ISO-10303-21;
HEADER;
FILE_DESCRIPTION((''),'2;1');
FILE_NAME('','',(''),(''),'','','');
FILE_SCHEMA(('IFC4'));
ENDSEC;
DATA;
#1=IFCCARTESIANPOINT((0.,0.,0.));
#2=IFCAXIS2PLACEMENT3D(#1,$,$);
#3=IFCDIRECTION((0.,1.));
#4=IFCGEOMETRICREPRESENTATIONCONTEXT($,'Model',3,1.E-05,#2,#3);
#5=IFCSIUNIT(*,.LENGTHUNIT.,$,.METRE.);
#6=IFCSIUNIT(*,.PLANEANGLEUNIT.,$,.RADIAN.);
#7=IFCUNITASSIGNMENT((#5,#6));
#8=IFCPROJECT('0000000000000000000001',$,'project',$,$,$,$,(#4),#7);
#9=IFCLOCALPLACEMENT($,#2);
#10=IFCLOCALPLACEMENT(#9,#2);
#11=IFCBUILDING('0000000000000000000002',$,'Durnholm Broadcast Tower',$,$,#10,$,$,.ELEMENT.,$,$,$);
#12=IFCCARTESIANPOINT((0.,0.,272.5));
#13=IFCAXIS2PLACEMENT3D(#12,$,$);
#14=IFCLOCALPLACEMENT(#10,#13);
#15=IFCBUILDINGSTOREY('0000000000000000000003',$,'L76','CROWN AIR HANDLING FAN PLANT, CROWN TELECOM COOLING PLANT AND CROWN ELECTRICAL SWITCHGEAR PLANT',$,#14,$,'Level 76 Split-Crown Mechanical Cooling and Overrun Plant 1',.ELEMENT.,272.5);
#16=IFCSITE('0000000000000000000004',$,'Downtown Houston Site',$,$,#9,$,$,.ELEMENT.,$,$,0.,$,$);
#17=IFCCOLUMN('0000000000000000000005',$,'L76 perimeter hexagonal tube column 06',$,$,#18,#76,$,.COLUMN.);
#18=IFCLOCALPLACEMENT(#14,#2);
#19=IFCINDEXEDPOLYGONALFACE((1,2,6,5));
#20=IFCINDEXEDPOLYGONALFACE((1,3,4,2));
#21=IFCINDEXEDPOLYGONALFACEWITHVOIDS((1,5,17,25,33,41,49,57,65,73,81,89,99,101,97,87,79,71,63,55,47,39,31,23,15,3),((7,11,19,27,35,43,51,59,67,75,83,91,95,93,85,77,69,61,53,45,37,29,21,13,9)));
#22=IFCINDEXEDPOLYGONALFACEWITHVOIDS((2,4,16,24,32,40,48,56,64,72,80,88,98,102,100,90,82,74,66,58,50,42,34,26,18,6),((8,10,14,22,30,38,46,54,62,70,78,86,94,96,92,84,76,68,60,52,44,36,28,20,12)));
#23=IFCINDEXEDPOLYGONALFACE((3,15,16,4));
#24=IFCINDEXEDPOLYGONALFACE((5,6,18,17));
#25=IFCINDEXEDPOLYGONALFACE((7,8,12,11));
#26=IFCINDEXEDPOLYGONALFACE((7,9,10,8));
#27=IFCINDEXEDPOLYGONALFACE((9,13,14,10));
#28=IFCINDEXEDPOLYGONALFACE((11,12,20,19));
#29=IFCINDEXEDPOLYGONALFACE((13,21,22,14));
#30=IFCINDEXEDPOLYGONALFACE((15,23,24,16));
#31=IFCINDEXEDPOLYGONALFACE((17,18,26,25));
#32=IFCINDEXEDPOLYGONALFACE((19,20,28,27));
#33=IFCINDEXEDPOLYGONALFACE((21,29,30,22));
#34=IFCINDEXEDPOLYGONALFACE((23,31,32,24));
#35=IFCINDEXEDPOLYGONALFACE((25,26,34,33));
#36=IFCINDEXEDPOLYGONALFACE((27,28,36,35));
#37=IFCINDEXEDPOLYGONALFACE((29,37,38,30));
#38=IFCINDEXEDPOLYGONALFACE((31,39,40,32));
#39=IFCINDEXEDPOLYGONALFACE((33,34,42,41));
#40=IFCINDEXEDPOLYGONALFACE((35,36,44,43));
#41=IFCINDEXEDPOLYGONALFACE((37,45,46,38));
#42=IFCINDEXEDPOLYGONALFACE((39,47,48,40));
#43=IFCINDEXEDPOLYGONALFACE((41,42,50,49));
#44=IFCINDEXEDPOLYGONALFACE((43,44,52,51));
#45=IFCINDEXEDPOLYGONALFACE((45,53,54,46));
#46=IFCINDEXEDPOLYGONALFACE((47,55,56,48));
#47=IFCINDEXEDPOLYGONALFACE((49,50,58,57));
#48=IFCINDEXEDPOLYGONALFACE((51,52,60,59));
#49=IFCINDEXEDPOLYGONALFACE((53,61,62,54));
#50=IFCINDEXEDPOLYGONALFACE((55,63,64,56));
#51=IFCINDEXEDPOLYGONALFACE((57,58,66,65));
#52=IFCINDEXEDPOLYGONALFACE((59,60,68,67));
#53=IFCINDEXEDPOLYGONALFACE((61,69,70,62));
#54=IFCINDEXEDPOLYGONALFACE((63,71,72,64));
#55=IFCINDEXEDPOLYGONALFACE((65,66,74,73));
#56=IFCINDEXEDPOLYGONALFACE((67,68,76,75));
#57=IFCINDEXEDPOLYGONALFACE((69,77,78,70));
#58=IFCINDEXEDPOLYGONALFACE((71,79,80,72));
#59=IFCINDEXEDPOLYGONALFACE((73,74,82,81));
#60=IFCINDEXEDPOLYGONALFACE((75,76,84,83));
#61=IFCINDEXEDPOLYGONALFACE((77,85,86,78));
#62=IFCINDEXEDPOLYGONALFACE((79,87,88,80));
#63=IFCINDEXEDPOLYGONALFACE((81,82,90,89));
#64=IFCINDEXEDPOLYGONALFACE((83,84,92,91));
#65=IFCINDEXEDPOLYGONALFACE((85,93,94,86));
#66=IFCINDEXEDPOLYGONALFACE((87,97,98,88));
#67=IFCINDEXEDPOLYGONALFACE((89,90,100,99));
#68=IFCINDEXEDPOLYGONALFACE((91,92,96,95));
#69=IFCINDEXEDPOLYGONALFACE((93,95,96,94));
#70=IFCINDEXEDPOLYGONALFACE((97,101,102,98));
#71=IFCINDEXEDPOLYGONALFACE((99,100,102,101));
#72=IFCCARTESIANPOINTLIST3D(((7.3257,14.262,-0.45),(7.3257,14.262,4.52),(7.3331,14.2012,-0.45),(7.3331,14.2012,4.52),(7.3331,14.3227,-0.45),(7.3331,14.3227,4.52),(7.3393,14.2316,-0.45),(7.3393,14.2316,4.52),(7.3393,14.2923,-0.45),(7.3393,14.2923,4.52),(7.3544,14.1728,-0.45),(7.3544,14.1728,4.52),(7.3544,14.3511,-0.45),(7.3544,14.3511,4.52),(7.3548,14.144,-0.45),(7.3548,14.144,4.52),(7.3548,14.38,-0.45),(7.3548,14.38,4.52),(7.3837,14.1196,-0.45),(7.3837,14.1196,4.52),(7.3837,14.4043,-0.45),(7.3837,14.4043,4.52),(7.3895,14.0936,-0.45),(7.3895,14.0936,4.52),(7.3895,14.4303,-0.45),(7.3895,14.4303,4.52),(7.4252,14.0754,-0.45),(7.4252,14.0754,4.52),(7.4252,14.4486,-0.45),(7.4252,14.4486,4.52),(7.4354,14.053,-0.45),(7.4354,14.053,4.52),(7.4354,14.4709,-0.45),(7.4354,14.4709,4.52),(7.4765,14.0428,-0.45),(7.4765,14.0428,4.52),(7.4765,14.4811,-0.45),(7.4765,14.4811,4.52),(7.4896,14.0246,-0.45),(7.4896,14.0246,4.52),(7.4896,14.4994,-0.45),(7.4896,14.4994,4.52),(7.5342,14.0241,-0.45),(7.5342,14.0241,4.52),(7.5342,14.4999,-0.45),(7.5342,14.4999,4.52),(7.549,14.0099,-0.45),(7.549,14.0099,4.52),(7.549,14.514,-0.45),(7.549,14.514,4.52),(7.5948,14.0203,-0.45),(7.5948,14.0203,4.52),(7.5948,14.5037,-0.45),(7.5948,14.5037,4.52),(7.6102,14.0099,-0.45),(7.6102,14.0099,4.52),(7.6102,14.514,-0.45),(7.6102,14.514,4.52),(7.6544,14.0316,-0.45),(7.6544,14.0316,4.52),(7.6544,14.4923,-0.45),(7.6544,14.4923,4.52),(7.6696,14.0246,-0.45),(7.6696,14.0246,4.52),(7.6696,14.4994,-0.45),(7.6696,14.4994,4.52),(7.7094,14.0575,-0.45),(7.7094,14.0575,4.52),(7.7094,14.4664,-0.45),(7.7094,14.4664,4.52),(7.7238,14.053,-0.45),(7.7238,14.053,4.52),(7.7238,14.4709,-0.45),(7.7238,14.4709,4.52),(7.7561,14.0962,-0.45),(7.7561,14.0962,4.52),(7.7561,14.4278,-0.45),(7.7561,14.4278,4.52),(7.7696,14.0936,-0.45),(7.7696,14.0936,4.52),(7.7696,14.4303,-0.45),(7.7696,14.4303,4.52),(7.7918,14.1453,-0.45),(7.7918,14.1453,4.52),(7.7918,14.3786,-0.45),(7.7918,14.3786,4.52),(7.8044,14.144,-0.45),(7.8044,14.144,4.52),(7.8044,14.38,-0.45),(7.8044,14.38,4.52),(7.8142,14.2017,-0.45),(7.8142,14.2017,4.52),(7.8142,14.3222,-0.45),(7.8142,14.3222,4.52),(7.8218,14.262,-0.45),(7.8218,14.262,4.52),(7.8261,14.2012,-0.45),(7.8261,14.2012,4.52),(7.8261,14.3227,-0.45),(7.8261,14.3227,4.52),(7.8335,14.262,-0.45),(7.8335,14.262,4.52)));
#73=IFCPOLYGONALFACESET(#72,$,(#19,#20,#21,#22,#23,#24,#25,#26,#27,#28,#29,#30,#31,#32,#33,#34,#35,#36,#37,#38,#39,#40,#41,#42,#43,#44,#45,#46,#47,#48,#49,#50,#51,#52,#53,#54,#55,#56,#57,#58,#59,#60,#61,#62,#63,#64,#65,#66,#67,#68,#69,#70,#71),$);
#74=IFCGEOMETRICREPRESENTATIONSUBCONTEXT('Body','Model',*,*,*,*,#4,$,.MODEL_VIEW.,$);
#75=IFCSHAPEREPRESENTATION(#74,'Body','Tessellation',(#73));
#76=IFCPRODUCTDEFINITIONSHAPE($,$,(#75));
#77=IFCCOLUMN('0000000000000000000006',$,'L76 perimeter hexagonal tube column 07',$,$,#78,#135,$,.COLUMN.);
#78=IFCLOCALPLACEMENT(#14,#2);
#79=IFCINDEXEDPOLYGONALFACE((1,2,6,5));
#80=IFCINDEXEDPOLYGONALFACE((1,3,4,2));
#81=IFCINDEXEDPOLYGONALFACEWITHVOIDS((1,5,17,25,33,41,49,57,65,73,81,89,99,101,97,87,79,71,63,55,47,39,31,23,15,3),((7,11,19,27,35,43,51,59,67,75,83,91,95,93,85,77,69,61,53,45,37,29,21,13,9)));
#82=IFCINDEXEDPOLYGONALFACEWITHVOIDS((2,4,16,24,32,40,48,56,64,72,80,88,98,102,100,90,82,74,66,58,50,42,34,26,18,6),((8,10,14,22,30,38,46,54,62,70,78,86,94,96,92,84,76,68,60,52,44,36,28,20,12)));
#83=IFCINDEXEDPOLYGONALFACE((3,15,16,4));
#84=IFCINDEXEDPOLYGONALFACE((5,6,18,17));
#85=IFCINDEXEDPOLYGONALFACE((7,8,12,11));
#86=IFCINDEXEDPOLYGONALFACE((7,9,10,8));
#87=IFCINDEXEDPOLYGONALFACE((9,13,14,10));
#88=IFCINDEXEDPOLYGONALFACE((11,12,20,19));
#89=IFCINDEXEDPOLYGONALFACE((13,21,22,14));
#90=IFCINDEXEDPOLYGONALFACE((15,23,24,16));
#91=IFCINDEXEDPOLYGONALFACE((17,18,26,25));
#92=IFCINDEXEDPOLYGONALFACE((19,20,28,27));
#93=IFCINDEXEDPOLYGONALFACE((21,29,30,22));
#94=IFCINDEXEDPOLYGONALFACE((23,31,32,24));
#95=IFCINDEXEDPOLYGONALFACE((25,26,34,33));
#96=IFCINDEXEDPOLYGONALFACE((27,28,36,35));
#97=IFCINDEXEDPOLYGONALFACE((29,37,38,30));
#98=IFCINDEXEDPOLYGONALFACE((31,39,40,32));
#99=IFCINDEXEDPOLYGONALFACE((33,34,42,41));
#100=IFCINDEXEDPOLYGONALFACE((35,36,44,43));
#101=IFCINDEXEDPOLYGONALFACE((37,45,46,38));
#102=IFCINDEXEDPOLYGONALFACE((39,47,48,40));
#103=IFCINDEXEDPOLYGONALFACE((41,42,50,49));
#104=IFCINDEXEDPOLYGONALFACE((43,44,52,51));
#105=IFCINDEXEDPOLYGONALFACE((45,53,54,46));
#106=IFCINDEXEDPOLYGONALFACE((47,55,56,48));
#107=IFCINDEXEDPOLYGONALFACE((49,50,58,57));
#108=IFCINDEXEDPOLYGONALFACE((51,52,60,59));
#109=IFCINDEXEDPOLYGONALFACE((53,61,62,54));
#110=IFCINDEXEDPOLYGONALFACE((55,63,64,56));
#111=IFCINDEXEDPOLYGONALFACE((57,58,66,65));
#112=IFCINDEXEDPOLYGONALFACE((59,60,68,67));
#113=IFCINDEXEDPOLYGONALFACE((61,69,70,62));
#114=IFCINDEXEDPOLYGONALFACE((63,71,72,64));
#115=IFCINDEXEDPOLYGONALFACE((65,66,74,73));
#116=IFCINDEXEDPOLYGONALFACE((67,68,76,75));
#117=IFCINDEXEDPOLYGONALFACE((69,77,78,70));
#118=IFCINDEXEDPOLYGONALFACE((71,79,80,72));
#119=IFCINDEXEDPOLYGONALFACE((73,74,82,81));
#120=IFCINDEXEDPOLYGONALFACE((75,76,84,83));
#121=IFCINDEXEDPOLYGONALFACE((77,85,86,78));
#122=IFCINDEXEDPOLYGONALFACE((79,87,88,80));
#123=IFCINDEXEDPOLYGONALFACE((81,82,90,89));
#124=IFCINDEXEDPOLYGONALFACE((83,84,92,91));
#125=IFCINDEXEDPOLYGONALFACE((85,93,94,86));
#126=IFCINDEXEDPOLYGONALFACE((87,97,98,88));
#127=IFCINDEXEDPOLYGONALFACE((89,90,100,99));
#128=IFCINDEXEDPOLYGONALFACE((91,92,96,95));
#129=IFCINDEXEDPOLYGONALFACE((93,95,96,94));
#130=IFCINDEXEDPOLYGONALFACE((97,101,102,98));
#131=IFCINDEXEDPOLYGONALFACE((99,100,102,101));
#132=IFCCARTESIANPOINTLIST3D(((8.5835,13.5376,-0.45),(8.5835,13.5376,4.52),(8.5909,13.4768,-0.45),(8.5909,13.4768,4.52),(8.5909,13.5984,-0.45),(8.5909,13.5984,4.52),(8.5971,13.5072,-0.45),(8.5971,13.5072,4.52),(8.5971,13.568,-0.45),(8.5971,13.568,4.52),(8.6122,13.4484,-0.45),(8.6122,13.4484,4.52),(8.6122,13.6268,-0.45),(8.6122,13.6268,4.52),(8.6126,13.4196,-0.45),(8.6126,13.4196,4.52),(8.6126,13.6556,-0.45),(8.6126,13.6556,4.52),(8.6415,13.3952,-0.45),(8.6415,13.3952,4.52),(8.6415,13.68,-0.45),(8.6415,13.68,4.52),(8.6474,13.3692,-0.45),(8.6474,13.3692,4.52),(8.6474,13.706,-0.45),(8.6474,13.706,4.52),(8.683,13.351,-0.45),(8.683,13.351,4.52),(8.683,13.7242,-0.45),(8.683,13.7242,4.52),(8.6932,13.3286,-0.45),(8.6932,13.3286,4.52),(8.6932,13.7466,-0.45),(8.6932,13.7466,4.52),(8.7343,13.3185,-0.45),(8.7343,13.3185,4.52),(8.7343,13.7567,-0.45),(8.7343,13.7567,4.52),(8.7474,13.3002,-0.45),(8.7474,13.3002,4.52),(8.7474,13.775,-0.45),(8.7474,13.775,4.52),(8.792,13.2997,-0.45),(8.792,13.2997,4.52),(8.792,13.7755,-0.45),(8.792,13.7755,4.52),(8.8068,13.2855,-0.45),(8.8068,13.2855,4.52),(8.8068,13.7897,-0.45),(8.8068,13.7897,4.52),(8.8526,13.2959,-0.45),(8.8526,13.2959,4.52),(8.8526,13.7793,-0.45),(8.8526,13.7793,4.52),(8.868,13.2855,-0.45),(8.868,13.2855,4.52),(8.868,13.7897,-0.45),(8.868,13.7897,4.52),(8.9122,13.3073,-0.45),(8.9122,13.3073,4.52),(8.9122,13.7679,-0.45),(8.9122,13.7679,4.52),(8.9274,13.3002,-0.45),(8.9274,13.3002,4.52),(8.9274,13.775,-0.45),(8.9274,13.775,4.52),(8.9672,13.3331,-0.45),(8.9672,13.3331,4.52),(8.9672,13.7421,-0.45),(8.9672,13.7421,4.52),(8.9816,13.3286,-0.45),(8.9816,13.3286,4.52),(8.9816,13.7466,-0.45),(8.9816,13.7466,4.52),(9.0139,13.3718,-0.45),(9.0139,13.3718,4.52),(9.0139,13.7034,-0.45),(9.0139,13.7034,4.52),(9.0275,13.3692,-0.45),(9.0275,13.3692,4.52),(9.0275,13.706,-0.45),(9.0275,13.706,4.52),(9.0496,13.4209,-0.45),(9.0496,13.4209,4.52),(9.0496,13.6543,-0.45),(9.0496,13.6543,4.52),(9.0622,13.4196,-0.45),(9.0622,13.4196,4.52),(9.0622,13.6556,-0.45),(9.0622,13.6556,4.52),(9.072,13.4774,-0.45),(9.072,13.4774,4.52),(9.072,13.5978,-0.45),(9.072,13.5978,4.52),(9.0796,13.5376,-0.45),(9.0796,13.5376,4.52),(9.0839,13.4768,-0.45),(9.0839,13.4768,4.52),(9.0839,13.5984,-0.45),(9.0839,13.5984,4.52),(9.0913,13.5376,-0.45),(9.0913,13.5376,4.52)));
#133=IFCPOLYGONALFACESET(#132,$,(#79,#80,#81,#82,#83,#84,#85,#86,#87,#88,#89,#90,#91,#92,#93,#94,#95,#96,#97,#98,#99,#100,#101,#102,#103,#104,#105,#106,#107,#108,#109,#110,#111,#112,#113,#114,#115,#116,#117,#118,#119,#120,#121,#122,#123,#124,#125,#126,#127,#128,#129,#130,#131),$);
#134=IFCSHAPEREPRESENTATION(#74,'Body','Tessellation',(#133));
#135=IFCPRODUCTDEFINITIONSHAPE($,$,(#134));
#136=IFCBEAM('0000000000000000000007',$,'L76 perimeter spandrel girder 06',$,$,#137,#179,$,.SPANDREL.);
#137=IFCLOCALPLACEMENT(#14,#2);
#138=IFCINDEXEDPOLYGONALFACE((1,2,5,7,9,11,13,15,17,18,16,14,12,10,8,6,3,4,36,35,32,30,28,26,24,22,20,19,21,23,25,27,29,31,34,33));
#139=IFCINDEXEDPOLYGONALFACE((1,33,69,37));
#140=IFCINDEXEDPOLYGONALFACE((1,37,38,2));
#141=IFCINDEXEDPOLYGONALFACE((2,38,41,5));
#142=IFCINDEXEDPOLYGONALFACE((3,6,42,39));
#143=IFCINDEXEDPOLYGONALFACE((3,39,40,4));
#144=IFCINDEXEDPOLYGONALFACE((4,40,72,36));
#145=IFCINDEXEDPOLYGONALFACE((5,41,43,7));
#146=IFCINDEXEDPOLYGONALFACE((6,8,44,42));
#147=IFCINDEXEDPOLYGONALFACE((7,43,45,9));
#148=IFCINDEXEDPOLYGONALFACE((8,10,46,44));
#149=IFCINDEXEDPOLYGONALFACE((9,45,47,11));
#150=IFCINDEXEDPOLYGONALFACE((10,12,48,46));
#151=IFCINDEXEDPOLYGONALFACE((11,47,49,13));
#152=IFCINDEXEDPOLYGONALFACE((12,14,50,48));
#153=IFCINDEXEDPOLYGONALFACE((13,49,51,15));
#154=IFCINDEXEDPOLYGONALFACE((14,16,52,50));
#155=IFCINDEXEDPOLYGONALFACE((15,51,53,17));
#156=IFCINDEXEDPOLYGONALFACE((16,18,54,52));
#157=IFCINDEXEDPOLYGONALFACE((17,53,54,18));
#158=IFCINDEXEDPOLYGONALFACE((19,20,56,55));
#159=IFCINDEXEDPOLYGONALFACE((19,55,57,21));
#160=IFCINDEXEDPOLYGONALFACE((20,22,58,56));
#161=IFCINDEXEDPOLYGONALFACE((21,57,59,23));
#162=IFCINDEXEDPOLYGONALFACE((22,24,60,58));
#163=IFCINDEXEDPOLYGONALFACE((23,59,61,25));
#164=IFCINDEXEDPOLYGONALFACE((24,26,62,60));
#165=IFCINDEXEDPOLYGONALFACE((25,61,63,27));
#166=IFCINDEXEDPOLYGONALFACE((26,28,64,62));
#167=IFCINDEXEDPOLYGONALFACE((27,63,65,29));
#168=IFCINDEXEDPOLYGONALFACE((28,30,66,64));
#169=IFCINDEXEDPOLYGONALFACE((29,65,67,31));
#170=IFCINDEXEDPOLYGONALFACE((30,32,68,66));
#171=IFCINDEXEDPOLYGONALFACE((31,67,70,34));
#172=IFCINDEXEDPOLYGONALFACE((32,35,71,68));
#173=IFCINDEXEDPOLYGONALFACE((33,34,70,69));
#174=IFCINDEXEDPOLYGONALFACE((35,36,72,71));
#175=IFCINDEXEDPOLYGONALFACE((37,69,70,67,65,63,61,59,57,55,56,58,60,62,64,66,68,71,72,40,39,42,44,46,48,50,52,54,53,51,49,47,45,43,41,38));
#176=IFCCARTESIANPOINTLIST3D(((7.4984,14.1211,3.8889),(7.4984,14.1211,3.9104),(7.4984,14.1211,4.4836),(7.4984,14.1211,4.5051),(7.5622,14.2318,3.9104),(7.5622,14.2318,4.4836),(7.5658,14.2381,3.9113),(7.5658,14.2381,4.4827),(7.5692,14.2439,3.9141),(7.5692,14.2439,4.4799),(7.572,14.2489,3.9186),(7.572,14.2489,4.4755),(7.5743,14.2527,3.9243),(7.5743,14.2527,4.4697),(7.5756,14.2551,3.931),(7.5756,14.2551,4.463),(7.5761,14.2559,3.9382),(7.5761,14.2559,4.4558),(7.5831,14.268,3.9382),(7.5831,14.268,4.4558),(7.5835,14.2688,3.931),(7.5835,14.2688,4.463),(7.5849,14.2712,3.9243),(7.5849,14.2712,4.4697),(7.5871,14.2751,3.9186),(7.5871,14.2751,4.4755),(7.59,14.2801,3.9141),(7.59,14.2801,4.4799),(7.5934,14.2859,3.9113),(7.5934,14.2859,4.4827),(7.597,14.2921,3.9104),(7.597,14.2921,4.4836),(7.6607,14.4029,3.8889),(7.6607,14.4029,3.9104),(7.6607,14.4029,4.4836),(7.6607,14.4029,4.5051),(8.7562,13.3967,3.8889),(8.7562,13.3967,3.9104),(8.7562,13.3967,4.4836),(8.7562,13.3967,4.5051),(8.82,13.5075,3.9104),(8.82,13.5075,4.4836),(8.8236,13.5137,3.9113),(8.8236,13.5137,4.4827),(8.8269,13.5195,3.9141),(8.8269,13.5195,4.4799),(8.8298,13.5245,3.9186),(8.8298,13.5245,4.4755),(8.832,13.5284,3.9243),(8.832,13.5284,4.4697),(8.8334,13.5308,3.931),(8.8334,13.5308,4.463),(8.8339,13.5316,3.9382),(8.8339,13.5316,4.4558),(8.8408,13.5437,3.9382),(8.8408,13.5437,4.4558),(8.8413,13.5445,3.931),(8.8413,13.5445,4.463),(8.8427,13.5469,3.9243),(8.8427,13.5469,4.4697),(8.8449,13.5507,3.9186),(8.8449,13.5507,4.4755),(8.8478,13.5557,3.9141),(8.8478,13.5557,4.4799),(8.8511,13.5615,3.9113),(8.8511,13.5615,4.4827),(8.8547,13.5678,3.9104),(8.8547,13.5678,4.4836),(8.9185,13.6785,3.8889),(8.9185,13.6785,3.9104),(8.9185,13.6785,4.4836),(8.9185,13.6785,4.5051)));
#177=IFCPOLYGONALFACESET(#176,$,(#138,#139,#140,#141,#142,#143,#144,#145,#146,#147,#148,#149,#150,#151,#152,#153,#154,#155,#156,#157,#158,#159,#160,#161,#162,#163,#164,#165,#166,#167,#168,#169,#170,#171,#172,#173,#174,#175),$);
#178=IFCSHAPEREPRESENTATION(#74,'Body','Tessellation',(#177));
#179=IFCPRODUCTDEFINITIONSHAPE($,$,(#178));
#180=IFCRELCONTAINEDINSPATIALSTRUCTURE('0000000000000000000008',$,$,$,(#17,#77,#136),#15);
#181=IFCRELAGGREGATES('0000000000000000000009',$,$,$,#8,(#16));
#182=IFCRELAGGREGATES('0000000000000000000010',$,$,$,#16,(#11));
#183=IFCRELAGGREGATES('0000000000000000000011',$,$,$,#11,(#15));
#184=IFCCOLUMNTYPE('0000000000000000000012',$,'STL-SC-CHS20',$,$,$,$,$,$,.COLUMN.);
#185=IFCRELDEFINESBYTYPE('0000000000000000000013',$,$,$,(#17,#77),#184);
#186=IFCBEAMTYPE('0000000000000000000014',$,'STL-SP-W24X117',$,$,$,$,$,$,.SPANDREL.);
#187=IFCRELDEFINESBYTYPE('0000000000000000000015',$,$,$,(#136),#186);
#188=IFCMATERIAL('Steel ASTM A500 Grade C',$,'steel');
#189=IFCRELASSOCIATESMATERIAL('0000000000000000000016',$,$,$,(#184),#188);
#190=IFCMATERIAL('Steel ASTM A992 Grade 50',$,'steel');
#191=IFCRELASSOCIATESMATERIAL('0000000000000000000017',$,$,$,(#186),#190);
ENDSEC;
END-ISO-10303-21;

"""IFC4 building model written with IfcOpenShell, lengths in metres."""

from ifc_helpers import new_model, si_unit, direction, frame, origin, origin_2d, place, context, subcontext, project, spatial, hollow_circle, i_section, extrude, source, transform, mapped, material, material_profile, profile_set, type_object, type_shapes, element, save


model = new_model("IFC4")

# Units and contexts
model_context = context("Model", 3, precision=1e-05, world=origin(), true_north=direction((0.0, 1.0)))
body_context = subcontext(model_context, "Body", "Model", "MODEL_VIEW")
ifc_project = project(units=[si_unit("LENGTHUNIT", "METRE"), si_unit("PLANEANGLEUNIT", "RADIAN")], contexts=[model_context])

# Site, building, storey
site_placement = place(None, origin())
site = spatial("IfcSite", under=ifc_project, at=site_placement, Name="Downtown Houston Site", CompositionType="ELEMENT", RefElevation=0.0)
building_placement = place(site_placement, origin())
building = spatial("IfcBuilding", under=site, at=building_placement, Name="Durnholm Broadcast Tower", CompositionType="ELEMENT")
storey_placement = place(building_placement, frame((0.0, 0.0, 272.5)))
storey = spatial("IfcBuildingStorey", under=building, at=storey_placement, Name="L76", Description="CROWN AIR HANDLING FAN PLANT, CROWN TELECOM COOLING PLANT AND CROWN ELECTRICAL SWITCHGEAR PLANT", LongName="Level 76 Split-Crown Mechanical Cooling and Overrun Plant 1", CompositionType="ELEMENT", Elevation=272.5)

# Columns
ifc_material_1 = material(Name="Steel ASTM A500 Grade C", Category="steel")
ifc_material_profile_1 = material_profile(ifc_material_1, hollow_circle(Radius=0.2539, WallThickness=0.0117, at=origin_2d()), Name="HSS20.000X0.500")
ifc_profile_set_1 = profile_set([ifc_material_profile_1], Name="Steel ASTM A500 Grade C")
column_type = type_object("IfcColumnType", Name="STL-SC-CHS20", PredefinedType="COLUMN", material=ifc_profile_set_1)
shared_shape_1 = source(origin(), body_context, "Body", "SweptSolid", [
    extrude(hollow_circle(Radius=0.2539, WallThickness=0.0117, at=origin_2d()), origin(), (0.0, 0.0, 1.0), 4.97),
])
type_shapes(column_type, [shared_shape_1])
for number, where, z_axis, x_axis, name in (
    (1, (7.5796, 14.262, -0.45), (0.0, 0.0, 1.0), (1.0, 0.0, 0.0), "L76 perimeter hexagonal tube column 06"),
    (2, (8.8374, 13.5376, -0.45), (0.0, 0.0, 1.0), (1.0, 0.0, 0.0), "L76 perimeter hexagonal tube column 07"),
):
    element("IfcColumn", number, at=place(storey_placement, frame(where, z_axis=z_axis, x_axis=x_axis)), inside=storey, type_object=column_type, Name=name, PredefinedType="COLUMN", context=body_context, shape_type="MappedRepresentation", body=[
        mapped(shared_shape_1, transform((0.0, 0.0, 0.0), x_axis=(1.0, 0.0, 0.0), y_axis=(0.0, 1.0, 0.0), z_axis=(0.0, 0.0, 1.0), scale=1.0)),
    ])

# Beam
ifc_material_2 = material(Name="Steel ASTM A992 Grade 50", Category="steel")
ifc_material_profile_2 = material_profile(ifc_material_2, i_section(OverallWidth=0.3252, OverallDepth=0.6162, WebThickness=0.0139, FlangeThickness=0.0215, FilletRadius=0.0278, at=origin_2d()), Name="W24X117")
ifc_profile_set_2 = profile_set([ifc_material_profile_2], Name="Steel ASTM A992 Grade 50")
beam_type_1 = type_object("IfcBeamType", Name="STL-SP-W24X117", PredefinedType="SPANDREL", material=ifc_profile_set_2)
shared_shape_2 = source(origin(), body_context, "Body", "SweptSolid", [
    extrude(i_section(OverallWidth=0.3252, OverallDepth=0.6162, WebThickness=0.0139, FlangeThickness=0.0215, FilletRadius=0.0278, at=origin_2d()), origin(), (0.0, 0.0, 1.0), 1.4514),
])
type_shapes(beam_type_1, [shared_shape_2])
beam_1_placement = place(storey_placement, frame((7.5796, 14.262, 4.197), z_axis=(0.866572, -0.499052, 0.0), x_axis=(0.499052, 0.866572, 0.0)))
element("IfcBeam", 3, at=beam_1_placement, inside=storey, type_object=beam_type_1, Name="L76 perimeter spandrel girder 06", PredefinedType="SPANDREL", context=body_context, shape_type="MappedRepresentation", body=[
    mapped(shared_shape_2, transform((0.0, 0.0, 0.0), x_axis=(1.0, 0.0, 0.0), y_axis=(0.0, 1.0, 0.0), z_axis=(0.0, 0.0, 1.0), scale=1.0)),
])

save(model, "model.ifc")
